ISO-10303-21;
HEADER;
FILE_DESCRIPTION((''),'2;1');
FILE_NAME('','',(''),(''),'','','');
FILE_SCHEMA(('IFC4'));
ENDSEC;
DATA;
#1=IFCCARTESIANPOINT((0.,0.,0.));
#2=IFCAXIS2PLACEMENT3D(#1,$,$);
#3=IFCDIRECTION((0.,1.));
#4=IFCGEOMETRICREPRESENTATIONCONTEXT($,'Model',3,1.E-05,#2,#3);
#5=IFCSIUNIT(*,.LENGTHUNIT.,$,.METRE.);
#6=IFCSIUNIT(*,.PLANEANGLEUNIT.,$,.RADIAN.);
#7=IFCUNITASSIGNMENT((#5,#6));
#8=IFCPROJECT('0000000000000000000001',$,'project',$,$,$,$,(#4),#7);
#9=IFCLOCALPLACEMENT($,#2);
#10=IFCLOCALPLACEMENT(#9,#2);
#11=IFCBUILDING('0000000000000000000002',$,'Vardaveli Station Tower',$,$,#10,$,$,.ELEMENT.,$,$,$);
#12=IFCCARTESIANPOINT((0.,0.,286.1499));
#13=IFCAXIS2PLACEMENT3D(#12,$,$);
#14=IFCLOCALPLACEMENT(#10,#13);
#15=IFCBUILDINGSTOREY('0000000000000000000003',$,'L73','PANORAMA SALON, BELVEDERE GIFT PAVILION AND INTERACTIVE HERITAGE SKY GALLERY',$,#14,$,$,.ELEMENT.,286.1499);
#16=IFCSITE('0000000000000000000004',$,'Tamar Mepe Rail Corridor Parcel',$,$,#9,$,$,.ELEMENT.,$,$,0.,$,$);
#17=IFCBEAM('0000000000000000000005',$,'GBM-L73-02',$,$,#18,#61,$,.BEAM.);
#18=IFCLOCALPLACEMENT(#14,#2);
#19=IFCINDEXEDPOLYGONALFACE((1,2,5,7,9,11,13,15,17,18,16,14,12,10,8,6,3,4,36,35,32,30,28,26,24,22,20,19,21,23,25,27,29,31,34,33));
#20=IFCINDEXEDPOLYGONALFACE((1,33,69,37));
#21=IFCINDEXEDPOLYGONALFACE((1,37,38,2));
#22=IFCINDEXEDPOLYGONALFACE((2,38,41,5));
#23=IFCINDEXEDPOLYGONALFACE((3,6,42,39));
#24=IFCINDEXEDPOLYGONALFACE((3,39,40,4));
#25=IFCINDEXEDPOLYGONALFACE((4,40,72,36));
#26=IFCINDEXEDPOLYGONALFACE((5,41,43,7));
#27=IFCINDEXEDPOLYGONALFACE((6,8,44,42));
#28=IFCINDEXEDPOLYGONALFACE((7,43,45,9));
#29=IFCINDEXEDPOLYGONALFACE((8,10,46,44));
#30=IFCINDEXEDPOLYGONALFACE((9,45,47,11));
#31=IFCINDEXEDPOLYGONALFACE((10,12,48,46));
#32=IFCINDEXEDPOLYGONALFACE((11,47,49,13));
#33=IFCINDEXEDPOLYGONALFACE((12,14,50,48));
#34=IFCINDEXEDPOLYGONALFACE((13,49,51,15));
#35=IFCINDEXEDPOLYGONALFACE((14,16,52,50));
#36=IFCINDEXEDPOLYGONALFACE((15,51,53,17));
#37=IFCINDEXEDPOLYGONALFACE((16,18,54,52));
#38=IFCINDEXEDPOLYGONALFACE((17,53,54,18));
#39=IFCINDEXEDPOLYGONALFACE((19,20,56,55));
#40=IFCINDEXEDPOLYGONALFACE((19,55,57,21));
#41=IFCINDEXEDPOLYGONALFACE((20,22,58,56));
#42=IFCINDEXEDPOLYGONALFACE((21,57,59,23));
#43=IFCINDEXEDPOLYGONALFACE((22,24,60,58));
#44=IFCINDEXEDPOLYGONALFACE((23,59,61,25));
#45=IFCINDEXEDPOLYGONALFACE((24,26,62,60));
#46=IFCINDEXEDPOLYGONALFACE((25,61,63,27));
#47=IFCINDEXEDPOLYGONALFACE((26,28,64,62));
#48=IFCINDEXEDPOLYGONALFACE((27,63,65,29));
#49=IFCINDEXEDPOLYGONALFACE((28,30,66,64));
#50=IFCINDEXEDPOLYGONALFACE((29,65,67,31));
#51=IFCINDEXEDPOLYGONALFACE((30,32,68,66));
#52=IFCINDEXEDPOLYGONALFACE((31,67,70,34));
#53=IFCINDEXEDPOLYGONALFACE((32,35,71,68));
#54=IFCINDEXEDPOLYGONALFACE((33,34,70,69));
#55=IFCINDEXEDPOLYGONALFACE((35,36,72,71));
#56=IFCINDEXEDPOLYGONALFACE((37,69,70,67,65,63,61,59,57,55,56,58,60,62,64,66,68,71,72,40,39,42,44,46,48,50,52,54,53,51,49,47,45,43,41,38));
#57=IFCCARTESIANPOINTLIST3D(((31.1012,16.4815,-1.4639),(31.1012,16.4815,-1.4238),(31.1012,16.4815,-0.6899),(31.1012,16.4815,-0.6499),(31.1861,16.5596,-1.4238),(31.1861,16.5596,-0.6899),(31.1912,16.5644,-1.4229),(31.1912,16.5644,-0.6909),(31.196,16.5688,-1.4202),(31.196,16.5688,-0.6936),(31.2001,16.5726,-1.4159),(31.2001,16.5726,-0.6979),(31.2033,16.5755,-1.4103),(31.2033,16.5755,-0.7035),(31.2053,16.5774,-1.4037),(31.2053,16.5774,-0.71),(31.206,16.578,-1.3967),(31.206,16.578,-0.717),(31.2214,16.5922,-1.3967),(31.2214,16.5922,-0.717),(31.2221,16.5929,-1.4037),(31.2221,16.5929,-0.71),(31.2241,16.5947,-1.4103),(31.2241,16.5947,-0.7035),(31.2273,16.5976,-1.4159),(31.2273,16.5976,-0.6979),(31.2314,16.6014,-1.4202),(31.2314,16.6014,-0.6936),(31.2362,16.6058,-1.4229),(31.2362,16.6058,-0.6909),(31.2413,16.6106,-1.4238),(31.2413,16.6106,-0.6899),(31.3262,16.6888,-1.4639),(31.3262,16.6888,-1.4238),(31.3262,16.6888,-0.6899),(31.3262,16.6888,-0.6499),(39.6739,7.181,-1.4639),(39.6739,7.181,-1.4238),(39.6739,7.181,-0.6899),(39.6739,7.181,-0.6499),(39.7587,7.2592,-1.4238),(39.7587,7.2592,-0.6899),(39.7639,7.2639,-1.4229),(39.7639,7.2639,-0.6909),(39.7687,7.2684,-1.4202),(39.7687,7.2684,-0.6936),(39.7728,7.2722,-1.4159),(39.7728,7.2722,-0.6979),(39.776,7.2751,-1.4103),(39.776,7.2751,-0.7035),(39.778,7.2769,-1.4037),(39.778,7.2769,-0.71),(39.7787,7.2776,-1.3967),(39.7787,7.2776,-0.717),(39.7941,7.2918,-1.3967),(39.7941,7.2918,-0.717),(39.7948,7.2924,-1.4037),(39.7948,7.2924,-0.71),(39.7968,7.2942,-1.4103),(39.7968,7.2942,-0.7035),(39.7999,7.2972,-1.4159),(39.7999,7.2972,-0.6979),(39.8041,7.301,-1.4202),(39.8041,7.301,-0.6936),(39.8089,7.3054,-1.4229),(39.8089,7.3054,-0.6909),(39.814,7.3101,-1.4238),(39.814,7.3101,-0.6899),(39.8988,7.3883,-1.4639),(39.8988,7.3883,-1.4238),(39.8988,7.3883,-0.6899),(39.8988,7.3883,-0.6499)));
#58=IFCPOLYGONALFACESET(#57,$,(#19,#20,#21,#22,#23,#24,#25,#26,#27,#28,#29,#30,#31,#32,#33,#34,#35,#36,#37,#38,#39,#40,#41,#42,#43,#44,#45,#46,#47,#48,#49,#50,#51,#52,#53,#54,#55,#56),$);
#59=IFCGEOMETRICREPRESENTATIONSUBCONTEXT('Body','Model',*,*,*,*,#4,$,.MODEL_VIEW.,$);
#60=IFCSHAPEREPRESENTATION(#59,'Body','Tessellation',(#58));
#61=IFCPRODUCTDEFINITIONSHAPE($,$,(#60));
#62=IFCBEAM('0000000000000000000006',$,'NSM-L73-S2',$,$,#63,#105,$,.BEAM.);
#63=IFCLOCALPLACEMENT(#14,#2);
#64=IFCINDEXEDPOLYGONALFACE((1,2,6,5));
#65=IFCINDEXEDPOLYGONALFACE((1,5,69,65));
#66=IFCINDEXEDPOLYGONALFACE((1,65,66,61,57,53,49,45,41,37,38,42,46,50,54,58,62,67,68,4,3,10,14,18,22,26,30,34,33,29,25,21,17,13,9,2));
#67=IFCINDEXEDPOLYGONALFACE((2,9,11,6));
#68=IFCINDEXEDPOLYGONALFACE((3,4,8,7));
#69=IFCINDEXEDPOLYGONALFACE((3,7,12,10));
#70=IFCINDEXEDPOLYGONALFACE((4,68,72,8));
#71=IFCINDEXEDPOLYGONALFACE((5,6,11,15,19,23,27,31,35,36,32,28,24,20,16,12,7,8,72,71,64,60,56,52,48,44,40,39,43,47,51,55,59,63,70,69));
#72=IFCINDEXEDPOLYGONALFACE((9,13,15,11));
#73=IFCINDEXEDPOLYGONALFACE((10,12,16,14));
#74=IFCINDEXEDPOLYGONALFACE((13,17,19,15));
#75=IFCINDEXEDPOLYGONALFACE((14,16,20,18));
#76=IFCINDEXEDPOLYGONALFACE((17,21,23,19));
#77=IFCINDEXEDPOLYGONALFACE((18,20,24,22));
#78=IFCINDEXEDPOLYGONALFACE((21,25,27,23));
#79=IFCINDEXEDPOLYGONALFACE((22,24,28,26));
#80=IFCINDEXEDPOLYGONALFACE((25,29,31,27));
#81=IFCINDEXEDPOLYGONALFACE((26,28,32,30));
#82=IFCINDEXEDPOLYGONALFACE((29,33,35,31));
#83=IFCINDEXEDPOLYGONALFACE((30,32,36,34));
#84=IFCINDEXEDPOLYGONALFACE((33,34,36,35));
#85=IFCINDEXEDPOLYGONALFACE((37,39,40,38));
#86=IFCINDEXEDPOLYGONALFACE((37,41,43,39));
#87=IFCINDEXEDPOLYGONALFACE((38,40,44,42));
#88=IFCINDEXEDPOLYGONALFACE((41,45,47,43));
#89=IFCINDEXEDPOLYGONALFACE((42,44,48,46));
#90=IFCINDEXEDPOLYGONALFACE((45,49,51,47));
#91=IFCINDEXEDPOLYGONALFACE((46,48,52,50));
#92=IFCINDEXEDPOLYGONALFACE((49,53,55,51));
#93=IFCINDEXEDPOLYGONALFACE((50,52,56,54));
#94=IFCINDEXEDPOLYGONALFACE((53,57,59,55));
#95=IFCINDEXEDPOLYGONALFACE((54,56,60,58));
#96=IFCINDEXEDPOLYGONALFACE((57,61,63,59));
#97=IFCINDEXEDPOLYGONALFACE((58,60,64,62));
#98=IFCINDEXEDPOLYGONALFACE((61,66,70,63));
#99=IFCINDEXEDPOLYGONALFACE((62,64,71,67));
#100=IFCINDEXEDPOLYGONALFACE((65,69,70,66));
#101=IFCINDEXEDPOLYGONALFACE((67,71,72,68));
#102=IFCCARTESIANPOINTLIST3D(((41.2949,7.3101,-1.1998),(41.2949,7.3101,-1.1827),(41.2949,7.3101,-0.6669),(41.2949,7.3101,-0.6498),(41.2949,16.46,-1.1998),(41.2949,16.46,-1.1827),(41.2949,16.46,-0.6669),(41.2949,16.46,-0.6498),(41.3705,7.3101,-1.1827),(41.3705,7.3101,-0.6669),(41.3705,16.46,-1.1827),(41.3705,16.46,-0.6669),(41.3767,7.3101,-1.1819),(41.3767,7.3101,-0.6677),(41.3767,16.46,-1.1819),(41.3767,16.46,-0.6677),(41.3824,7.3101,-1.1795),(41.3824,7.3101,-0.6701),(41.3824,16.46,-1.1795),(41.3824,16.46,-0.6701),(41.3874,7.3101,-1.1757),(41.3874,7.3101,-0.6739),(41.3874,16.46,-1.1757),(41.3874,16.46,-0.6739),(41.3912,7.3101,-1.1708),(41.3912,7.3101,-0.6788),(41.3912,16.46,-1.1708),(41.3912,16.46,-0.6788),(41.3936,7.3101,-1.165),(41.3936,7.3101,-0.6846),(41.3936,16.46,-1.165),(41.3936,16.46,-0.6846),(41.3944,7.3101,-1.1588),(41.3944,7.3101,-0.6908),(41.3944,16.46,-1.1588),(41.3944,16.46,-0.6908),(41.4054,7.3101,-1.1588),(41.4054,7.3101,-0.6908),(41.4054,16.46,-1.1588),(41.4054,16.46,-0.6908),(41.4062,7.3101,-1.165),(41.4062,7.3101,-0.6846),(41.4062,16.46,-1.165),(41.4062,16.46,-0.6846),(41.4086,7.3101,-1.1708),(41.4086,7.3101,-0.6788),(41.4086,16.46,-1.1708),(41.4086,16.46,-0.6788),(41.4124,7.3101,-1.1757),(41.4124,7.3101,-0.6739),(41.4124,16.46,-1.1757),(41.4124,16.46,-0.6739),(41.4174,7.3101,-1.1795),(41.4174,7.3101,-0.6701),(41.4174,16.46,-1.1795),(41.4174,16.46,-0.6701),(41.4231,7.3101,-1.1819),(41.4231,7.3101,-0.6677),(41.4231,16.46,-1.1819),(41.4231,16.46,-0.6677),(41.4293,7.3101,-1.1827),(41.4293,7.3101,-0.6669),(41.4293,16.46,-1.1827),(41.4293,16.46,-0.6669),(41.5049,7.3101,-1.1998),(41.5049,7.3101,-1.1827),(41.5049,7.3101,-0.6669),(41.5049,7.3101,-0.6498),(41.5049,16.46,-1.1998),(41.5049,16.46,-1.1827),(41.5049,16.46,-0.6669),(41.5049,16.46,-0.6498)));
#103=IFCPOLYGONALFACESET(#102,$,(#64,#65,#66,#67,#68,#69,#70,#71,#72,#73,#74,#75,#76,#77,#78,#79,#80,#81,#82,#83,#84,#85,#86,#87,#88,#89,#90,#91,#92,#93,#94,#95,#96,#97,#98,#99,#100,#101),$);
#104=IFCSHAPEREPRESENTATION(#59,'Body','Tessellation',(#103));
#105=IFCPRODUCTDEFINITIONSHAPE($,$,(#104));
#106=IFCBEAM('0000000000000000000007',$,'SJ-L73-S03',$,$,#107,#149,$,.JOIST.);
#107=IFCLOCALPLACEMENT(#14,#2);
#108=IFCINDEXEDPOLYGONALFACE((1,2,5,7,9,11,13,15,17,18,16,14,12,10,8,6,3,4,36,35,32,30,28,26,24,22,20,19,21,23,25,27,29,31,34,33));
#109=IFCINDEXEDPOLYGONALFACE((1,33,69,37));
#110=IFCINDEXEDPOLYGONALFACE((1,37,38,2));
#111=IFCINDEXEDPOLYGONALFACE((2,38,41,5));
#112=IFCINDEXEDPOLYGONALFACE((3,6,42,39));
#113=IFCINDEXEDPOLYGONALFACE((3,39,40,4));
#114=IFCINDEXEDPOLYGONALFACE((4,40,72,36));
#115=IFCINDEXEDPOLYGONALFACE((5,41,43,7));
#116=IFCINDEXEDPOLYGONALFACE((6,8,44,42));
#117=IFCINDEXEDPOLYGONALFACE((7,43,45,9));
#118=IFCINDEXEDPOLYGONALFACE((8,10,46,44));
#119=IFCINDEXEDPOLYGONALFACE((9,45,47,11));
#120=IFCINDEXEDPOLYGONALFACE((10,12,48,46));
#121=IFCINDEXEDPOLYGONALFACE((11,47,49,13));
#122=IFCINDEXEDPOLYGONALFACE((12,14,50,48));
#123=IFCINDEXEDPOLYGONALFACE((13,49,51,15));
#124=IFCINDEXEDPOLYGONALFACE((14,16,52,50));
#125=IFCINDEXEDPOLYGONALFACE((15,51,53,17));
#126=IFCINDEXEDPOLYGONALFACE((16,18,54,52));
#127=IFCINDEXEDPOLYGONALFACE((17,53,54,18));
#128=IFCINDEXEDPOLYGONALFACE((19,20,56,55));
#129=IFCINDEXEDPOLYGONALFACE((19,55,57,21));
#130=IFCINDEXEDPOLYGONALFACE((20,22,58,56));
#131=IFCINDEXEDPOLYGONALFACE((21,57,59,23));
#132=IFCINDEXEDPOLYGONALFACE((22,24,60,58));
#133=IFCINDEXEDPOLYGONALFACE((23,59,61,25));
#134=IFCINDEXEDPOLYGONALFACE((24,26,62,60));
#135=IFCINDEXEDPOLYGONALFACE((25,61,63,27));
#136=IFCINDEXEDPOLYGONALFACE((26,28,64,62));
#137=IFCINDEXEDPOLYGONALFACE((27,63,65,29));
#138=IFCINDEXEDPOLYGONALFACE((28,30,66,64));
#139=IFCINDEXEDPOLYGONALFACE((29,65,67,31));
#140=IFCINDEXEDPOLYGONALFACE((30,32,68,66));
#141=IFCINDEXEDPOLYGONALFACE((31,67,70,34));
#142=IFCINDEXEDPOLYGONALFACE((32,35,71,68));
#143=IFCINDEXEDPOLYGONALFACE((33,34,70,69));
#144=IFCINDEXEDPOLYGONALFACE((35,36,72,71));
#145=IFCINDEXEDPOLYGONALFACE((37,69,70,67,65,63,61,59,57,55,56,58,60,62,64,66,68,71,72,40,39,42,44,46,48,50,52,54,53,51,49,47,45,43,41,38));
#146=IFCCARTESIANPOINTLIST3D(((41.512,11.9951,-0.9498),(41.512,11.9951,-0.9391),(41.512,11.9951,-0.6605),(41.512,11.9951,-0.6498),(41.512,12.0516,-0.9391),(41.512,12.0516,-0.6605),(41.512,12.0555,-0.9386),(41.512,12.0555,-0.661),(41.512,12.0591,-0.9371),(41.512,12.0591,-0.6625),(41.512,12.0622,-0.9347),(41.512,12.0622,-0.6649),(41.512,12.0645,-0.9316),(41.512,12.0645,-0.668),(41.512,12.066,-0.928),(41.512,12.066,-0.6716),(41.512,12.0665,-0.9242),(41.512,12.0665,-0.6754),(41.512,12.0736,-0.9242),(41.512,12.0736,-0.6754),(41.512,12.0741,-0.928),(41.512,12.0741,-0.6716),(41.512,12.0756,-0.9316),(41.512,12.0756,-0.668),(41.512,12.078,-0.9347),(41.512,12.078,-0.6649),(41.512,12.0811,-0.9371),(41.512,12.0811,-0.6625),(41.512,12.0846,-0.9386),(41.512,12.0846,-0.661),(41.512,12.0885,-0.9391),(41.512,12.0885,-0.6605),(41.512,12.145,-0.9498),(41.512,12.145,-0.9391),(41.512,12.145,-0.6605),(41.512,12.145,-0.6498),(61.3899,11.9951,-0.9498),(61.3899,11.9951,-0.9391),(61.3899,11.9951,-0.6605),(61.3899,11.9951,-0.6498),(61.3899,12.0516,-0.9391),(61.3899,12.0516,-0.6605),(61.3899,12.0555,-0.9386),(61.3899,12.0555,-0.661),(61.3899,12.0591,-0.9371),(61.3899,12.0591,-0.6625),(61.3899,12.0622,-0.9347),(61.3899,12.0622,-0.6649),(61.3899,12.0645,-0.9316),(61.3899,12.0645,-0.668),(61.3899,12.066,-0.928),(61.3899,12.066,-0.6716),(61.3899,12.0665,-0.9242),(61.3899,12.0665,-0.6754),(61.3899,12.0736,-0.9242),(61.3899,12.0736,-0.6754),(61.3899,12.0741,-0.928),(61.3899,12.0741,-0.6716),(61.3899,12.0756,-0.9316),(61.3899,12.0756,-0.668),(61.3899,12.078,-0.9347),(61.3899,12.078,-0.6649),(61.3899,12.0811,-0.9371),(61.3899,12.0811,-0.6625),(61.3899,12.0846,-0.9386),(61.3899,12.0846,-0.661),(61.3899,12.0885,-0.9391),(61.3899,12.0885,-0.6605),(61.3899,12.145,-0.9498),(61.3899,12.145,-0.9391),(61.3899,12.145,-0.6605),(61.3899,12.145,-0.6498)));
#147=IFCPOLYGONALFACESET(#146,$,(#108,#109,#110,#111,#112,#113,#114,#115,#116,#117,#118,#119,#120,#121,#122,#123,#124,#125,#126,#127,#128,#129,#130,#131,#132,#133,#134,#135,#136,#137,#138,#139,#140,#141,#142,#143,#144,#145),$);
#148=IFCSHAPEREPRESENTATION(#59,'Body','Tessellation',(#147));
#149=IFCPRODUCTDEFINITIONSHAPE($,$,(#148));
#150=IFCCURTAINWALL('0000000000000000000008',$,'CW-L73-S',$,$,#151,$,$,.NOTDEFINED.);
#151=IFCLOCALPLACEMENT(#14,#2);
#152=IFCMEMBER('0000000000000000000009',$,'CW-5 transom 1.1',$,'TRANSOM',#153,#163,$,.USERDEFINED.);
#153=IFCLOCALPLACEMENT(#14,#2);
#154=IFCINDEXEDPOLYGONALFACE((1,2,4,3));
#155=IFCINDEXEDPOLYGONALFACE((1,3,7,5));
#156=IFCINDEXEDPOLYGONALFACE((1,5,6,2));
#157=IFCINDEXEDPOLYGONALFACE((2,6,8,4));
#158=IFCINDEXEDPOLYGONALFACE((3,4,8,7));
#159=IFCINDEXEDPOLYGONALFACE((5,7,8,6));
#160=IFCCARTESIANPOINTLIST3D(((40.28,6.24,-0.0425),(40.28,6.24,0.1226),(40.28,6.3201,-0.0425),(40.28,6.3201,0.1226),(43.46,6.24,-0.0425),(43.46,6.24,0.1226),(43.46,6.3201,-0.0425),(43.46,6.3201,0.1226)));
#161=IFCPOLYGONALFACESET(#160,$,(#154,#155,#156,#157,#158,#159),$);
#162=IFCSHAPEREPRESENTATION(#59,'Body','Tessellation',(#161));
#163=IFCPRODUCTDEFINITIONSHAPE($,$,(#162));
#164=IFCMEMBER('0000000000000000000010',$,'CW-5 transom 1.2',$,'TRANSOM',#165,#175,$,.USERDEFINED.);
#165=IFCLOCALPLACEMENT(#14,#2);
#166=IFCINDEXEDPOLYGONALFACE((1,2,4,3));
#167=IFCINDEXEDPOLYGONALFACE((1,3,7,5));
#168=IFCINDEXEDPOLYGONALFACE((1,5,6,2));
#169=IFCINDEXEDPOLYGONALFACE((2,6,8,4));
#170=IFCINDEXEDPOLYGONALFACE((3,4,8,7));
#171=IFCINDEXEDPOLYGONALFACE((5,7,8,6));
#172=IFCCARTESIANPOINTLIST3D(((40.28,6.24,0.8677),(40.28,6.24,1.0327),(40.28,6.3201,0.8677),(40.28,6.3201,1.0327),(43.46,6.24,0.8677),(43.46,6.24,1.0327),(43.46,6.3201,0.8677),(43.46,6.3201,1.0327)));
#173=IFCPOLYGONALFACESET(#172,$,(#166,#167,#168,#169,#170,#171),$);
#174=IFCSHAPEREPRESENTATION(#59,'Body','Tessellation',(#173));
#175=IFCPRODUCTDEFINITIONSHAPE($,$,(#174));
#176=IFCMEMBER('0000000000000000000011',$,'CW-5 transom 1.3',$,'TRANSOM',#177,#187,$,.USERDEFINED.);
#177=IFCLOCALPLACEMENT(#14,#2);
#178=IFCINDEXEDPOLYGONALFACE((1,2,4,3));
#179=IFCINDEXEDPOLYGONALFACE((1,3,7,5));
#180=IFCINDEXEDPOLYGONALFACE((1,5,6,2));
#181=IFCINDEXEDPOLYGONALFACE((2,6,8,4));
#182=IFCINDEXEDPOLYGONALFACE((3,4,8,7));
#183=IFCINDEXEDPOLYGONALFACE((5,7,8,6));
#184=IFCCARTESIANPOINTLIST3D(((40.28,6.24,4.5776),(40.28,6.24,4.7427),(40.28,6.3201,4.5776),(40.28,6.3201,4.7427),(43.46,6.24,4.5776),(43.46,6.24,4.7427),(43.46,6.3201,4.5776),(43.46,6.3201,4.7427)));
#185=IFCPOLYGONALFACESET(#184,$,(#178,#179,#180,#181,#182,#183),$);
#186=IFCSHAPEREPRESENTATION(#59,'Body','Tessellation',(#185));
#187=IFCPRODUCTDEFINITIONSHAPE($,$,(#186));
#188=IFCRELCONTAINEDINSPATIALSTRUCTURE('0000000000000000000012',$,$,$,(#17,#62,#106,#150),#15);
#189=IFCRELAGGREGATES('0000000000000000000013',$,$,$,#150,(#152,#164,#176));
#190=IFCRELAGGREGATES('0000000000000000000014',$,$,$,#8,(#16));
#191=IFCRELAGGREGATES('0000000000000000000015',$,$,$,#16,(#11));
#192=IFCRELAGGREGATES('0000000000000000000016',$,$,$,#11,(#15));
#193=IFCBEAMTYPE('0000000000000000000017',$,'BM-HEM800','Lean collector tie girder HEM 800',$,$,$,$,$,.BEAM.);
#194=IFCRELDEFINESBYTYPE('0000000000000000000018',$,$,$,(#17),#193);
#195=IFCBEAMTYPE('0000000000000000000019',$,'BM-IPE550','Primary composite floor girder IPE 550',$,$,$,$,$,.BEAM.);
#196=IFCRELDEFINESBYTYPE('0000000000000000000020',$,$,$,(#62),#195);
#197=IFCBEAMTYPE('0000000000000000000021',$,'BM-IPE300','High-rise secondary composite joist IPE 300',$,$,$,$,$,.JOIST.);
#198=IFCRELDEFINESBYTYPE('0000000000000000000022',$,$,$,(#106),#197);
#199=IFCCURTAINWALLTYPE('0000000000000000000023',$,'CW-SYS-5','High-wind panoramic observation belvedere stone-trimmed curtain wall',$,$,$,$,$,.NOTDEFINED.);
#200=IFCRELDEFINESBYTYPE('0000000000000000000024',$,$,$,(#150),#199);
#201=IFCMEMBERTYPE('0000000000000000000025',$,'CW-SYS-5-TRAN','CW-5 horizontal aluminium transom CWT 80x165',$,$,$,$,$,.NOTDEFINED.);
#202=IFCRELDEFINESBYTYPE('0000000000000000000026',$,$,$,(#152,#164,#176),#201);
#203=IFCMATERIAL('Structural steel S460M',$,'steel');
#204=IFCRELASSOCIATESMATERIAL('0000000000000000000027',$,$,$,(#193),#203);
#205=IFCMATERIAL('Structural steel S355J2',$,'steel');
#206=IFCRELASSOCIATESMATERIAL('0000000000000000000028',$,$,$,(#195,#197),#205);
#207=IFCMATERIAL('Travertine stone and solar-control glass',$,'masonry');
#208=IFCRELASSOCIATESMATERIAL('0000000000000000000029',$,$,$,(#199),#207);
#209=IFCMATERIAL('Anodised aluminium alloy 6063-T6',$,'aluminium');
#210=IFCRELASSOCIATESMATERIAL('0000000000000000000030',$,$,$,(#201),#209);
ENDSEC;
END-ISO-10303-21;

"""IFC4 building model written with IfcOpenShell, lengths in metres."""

from ifc_helpers import new_model, si_unit, direction, frame, origin, origin_2d, place, context, subcontext, project, spatial, rectangle, i_section, extrude, source, transform, mapped, material, material_profile, profile_set, type_object, element, aggregate, save


model = new_model("IFC4")

# Units and contexts
model_context = context("Model", 3, precision=1e-05, world=origin(), true_north=direction((0.0, 1.0)))
body_context = subcontext(model_context, "Body", "Model", "MODEL_VIEW")
ifc_project = project(units=[si_unit("LENGTHUNIT", "METRE"), si_unit("PLANEANGLEUNIT", "RADIAN")], contexts=[model_context])

# Site, building, storey
site_placement = place(None, origin())
site = spatial("IfcSite", under=ifc_project, at=site_placement, Name="Tamar Mepe Rail Corridor Parcel", CompositionType="ELEMENT", RefElevation=0.0)
building_placement = place(site_placement, origin())
building = spatial("IfcBuilding", under=site, at=building_placement, Name="Vardaveli Station Tower", CompositionType="ELEMENT")
storey_placement = place(building_placement, frame((0.0, 0.0, 286.1499)))
storey = spatial("IfcBuildingStorey", under=building, at=storey_placement, Name="L73", Description="PANORAMA SALON, BELVEDERE GIFT PAVILION AND INTERACTIVE HERITAGE SKY GALLERY", CompositionType="ELEMENT", Elevation=286.1499)

# Shared definitions
ifc_material_1 = material(Name="Structural steel S460M", Category="steel")
ifc_material_2 = material(Name="Structural steel S355J2", Category="steel")

# Beams
ifc_material_profile_1 = material_profile(ifc_material_1, i_section(OverallWidth=0.3059, OverallDepth=0.814, WebThickness=0.021, FlangeThickness=0.04, FilletRadius=0.0271, at=origin_2d()), Name="HEM 800")
ifc_profile_set_1 = profile_set([ifc_material_profile_1], Name="Structural steel S460M")
beam_type_1 = type_object("IfcBeamType", Name="BM-HEM800", Description="Lean collector tie girder HEM 800", PredefinedType="BEAM", material=ifc_profile_set_1)
shared_shape_1 = source(origin(), body_context, "Body", "SweptSolid", [
    extrude(i_section(OverallWidth=0.3059, OverallDepth=0.814, WebThickness=0.021, FlangeThickness=0.04, FilletRadius=0.0271, at=origin_2d()), origin(), (0.0, 0.0, 1.0), 12.6487),
])
beam_1_placement = place(storey_placement, frame((39.7864, 7.2847, -1.0569), z_axis=(-0.677752, 0.73529, 0.0), x_axis=(-0.73529, -0.677752, 0.0)))
element("IfcBeam", 1, at=beam_1_placement, inside=storey, type_object=beam_type_1, Name="GBM-L73-02", PredefinedType="BEAM", context=body_context, shape_type="MappedRepresentation", body=[
    mapped(shared_shape_1, transform((0.0, 0.0, 0.0), scale=1.0)),
])
ifc_material_profile_2 = material_profile(ifc_material_2, i_section(OverallWidth=0.21, OverallDepth=0.55, WebThickness=0.011, FlangeThickness=0.0171, FilletRadius=0.0239, at=origin_2d()), Name="IPE 550")
ifc_profile_set_2 = profile_set([ifc_material_profile_2], Name="Structural steel S355J2")
beam_type_2 = type_object("IfcBeamType", Name="BM-IPE550", Description="Primary composite floor girder IPE 550", PredefinedType="BEAM", material=ifc_profile_set_2)
shared_shape_2 = source(origin(), body_context, "Body", "SweptSolid", [
    extrude(i_section(OverallWidth=0.21, OverallDepth=0.55, WebThickness=0.011, FlangeThickness=0.0171, FilletRadius=0.0239, at=origin_2d()), origin(), (0.0, 0.0, 1.0), 9.1499),
])
beam_2_placement = place(storey_placement, frame((41.3999, 7.3101, -0.9248), z_axis=(0.0, 1.0, 0.0), x_axis=(-1.0, 0.0, 0.0)))
element("IfcBeam", 2, at=beam_2_placement, inside=storey, type_object=beam_type_2, Name="NSM-L73-S2", PredefinedType="BEAM", context=body_context, shape_type="MappedRepresentation", body=[
    mapped(shared_shape_2, transform((0.0, 0.0, 0.0), scale=1.0)),
])
ifc_material_profile_3 = material_profile(ifc_material_2, i_section(OverallWidth=0.1499, OverallDepth=0.3, WebThickness=0.0071, FlangeThickness=0.0107, FilletRadius=0.0149, at=origin_2d()), Name="IPE 300")
ifc_profile_set_3 = profile_set([ifc_material_profile_3], Name="Structural steel S355J2")
beam_type_3 = type_object("IfcBeamType", Name="BM-IPE300", Description="High-rise secondary composite joist IPE 300", PredefinedType="JOIST", material=ifc_profile_set_3)
shared_shape_3 = source(origin(), body_context, "Body", "SweptSolid", [
    extrude(i_section(OverallWidth=0.1499, OverallDepth=0.3, WebThickness=0.0071, FlangeThickness=0.0107, FilletRadius=0.0149, at=origin_2d()), origin(), (0.0, 0.0, 1.0), 19.8779),
])
beam_3_placement = place(storey_placement, frame((41.512, 12.0701, -0.7998), z_axis=(1.0, 0.0, 0.0), x_axis=(0.0, 1.0, 0.0)))
element("IfcBeam", 3, at=beam_3_placement, inside=storey, type_object=beam_type_3, Name="SJ-L73-S03", PredefinedType="JOIST", context=body_context, shape_type="MappedRepresentation", body=[
    mapped(shared_shape_3, transform((0.0, 0.0, 0.0), scale=1.0)),
])

# Curtain wall, members
ifc_material_3 = material(Name="Travertine stone and solar-control glass", Category="masonry")
curtain_wall_type = type_object("IfcCurtainWallType", Name="CW-SYS-5", Description="High-wind panoramic observation belvedere stone-trimmed curtain wall", PredefinedType="NOTDEFINED", material=ifc_material_3)
curtain_wall_placement = place(storey_placement, origin())
curtain_wall = element("IfcCurtainWall", 4, at=curtain_wall_placement, inside=storey, type_object=curtain_wall_type, Name="CW-L73-S", PredefinedType="NOTDEFINED")
ifc_material_4 = material(Name="Anodised aluminium alloy 6063-T6", Category="aluminium")
ifc_material_profile_4 = material_profile(ifc_material_4, rectangle(XDim=0.0801, YDim=0.165, at=origin_2d()), Name="CWT 80x165")
ifc_profile_set_4 = profile_set([ifc_material_profile_4], Name="Anodised aluminium alloy 6063-T6")
member_type_1 = type_object("IfcMemberType", Name="CW-SYS-5-TRAN", Description="CW-5 horizontal aluminium transom CWT 80x165", PredefinedType="NOTDEFINED", material=ifc_profile_set_4)
shared_shape_4 = source(origin(), body_context, "Body", "SweptSolid", [
    extrude(rectangle(XDim=0.0801, YDim=0.165, at=origin_2d()), origin(), (0.0, 0.0, 1.0), 3.1799),
])
member_1_placement = place(storey_placement, frame((40.28, 6.28, 0.04), z_axis=(1.0, 0.0, 0.0), x_axis=(0.0, 1.0, 0.0)))
member_1 = element("IfcMember", 5, at=member_1_placement, type_object=member_type_1, Name="CW-5 transom 1.1", ObjectType="TRANSOM", PredefinedType="USERDEFINED", context=body_context, shape_type="MappedRepresentation", body=[
    mapped(shared_shape_4, transform((0.0, 0.0, 0.0), scale=1.0)),
])
member_2_placement = place(storey_placement, frame((40.28, 6.28, 0.9502), z_axis=(1.0, 0.0, 0.0), x_axis=(0.0, 1.0, 0.0)))
member_2 = element("IfcMember", 6, at=member_2_placement, type_object=member_type_1, Name="CW-5 transom 1.2", ObjectType="TRANSOM", PredefinedType="USERDEFINED", context=body_context, shape_type="MappedRepresentation", body=[
    mapped(shared_shape_4, transform((0.0, 0.0, 0.0), scale=1.0)),
])
member_3_placement = place(storey_placement, frame((40.28, 6.28, 4.6602), z_axis=(1.0, 0.0, 0.0), x_axis=(0.0, 1.0, 0.0)))
member_3 = element("IfcMember", 7, at=member_3_placement, type_object=member_type_1, Name="CW-5 transom 1.3", ObjectType="TRANSOM", PredefinedType="USERDEFINED", context=body_context, shape_type="MappedRepresentation", body=[
    mapped(shared_shape_4, transform((0.0, 0.0, 0.0), scale=1.0)),
])
aggregate(curtain_wall, [member_1, member_2, member_3])

save(model, "model.ifc")
